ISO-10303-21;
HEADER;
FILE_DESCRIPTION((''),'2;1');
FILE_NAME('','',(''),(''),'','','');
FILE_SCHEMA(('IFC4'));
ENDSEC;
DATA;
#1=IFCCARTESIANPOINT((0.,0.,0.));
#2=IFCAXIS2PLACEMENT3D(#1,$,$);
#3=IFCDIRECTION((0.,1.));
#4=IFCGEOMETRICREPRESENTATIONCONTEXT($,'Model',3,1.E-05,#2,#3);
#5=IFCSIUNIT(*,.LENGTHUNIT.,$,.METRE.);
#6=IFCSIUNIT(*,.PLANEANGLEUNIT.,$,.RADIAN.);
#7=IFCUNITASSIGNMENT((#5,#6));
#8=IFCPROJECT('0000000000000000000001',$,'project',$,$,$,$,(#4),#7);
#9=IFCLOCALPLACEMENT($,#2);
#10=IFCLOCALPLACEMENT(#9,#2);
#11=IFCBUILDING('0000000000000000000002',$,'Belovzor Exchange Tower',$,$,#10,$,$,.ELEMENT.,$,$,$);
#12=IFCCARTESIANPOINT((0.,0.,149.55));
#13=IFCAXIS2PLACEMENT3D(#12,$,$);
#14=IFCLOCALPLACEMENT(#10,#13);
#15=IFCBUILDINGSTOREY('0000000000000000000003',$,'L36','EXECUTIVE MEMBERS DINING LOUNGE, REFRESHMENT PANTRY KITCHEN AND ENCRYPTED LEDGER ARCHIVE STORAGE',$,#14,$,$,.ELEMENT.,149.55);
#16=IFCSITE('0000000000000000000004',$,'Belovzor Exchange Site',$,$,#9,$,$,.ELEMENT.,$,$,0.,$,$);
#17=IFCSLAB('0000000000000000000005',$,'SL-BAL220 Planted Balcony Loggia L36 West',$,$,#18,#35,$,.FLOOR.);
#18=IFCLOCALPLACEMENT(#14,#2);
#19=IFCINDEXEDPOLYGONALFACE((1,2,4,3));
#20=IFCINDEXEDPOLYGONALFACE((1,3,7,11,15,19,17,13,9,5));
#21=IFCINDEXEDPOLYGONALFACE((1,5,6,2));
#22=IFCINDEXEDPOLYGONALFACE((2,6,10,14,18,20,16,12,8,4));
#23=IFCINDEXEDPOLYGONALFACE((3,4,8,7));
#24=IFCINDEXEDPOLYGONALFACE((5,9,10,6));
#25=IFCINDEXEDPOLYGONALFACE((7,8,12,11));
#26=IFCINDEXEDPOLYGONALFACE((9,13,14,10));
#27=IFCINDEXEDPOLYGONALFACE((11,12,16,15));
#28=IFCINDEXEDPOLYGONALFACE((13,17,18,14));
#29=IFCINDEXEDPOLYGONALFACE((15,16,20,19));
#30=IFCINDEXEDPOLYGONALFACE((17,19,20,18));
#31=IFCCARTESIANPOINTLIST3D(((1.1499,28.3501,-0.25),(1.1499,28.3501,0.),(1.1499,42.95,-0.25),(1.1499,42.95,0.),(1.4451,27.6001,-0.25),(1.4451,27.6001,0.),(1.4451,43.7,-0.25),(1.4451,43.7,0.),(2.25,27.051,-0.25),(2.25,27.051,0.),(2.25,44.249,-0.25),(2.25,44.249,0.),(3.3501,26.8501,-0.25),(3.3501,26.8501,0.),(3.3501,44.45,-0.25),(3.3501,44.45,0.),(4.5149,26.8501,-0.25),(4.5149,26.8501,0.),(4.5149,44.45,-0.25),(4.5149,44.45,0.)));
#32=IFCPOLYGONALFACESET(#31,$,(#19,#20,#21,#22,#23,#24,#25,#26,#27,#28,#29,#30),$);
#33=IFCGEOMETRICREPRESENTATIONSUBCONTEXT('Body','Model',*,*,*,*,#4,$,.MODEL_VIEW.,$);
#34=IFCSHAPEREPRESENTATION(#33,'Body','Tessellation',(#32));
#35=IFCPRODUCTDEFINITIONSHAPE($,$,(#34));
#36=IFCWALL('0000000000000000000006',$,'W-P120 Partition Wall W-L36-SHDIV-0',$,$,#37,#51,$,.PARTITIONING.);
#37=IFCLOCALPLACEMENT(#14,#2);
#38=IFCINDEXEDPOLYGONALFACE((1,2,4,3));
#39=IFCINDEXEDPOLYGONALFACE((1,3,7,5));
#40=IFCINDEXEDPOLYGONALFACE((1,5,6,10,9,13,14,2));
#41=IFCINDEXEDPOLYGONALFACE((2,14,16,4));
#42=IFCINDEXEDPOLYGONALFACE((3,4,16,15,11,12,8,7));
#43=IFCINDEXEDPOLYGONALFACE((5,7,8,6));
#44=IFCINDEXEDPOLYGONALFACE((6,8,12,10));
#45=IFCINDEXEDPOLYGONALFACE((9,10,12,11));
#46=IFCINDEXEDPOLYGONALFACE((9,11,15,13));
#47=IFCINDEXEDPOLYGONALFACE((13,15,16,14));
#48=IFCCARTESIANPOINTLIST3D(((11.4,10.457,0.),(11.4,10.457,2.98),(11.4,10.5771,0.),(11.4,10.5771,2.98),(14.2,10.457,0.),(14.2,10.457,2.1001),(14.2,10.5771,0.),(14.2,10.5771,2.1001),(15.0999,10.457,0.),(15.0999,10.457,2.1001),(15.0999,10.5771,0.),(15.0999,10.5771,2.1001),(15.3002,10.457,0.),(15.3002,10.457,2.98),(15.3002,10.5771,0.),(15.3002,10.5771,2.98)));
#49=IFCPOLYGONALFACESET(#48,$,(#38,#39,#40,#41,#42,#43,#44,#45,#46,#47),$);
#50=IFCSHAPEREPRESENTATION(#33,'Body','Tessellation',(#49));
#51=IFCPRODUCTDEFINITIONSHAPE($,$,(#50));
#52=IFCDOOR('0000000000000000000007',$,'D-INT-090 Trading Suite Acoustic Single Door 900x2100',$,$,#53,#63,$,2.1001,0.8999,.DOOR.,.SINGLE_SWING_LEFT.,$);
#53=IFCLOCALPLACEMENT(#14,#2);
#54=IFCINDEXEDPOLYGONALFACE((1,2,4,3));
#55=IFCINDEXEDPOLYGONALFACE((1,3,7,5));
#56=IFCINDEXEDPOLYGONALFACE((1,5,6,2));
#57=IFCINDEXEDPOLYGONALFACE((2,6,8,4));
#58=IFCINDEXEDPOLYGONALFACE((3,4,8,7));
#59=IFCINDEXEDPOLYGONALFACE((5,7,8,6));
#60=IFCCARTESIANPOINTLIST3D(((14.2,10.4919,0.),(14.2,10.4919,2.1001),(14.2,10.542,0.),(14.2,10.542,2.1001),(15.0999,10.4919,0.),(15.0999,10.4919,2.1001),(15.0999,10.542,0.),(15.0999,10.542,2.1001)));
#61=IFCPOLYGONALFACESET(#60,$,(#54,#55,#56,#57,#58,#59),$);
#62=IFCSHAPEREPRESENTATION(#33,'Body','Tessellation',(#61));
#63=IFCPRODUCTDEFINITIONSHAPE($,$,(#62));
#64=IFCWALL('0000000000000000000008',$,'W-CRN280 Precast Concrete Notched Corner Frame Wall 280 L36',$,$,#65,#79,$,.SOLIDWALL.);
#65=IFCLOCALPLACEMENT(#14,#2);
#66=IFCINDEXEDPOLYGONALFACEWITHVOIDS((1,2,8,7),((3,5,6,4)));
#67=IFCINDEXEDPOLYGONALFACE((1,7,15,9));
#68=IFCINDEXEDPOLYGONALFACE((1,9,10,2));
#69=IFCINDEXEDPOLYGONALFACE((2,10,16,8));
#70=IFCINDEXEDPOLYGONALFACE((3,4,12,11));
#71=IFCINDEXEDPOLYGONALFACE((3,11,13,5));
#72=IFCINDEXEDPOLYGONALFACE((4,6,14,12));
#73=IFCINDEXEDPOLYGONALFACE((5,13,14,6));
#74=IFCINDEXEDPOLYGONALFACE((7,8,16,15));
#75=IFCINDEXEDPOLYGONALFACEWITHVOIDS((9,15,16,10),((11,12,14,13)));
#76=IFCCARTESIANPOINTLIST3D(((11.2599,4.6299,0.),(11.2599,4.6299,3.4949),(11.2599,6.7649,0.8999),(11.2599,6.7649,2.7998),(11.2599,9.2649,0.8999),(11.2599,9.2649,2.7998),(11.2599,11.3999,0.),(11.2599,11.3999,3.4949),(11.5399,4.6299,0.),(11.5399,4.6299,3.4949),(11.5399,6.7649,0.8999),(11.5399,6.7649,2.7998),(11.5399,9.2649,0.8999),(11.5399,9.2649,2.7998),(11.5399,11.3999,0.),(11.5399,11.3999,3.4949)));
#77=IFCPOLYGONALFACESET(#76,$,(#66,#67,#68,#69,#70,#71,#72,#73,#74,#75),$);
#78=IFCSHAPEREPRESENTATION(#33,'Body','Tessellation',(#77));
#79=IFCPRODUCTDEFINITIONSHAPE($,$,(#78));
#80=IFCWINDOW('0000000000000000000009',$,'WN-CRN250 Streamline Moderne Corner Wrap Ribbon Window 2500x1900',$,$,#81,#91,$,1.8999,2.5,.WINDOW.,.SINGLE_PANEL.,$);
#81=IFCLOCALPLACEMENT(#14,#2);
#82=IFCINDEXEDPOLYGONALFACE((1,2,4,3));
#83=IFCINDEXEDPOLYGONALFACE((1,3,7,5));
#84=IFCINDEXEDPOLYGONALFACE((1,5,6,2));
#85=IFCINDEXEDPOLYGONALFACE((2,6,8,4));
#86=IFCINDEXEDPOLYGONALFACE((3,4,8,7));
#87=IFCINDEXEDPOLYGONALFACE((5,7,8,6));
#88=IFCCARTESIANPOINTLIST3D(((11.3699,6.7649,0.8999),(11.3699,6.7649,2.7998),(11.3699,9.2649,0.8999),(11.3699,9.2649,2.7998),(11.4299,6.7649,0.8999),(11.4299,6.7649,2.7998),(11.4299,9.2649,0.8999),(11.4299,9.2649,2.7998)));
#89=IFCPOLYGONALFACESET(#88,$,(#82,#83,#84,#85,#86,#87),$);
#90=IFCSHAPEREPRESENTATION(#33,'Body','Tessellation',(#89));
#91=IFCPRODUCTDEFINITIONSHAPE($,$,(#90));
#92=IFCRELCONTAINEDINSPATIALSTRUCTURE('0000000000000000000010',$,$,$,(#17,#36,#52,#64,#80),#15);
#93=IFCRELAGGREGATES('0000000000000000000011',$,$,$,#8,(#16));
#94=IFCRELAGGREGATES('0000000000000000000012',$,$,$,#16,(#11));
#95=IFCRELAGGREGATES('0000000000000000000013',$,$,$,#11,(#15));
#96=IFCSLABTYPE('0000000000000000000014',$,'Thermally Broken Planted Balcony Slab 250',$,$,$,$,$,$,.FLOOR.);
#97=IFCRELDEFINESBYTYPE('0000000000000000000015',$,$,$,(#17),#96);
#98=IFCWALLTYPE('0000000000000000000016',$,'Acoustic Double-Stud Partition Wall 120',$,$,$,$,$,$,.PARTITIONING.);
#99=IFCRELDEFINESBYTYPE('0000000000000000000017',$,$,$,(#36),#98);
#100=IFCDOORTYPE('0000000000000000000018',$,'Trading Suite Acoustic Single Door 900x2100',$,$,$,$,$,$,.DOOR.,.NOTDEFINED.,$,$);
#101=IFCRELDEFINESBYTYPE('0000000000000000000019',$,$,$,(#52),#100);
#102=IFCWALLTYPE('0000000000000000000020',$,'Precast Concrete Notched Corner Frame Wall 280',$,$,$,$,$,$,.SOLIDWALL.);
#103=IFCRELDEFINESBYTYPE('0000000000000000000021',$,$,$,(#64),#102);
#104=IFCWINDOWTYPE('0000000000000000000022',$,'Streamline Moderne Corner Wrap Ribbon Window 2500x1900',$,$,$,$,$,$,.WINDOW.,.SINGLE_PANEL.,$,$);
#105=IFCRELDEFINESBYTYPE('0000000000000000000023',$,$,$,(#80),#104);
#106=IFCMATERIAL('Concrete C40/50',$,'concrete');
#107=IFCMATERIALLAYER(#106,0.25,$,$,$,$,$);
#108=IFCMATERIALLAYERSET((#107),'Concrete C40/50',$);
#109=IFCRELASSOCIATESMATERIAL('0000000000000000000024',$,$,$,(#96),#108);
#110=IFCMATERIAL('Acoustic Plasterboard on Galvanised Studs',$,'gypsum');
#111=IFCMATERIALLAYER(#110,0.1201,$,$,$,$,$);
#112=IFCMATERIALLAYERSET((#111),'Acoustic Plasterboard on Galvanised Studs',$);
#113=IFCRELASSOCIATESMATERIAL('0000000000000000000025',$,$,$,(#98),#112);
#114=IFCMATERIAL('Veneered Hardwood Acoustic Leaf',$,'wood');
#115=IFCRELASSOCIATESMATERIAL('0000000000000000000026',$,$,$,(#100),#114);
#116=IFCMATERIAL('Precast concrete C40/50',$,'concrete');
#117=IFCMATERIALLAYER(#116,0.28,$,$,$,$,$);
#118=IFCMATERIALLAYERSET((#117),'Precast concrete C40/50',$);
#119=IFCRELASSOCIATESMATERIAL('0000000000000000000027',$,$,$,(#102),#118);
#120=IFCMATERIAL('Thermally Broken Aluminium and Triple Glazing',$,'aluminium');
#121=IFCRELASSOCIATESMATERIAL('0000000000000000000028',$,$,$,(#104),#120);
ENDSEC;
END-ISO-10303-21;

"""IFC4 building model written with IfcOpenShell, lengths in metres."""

from ifc_helpers import new_model, si_unit, direction, frame, frame_2d, origin, place, context, subcontext, project, spatial, polyline, rectangle, outline, extrude, material, layer, layer_set, type_object, element, fill, save


model = new_model("IFC4")

# Units and contexts
model_context = context("Model", 3, precision=1e-05, world=origin(), true_north=direction((0.0, 1.0)))
body_context = subcontext(model_context, "Body", "Model", "MODEL_VIEW")
ifc_project = project(units=[si_unit("LENGTHUNIT", "METRE"), si_unit("PLANEANGLEUNIT", "RADIAN")], contexts=[model_context])

# Site, building, storey
site_placement = place(None, origin())
site = spatial("IfcSite", under=ifc_project, at=site_placement, Name="Belovzor Exchange Site", CompositionType="ELEMENT", RefElevation=0.0)
building_placement = place(site_placement, origin())
building = spatial("IfcBuilding", under=site, at=building_placement, Name="Belovzor Exchange Tower", CompositionType="ELEMENT")
storey_placement = place(building_placement, frame((0.0, 0.0, 149.55)))
storey = spatial("IfcBuildingStorey", under=building, at=storey_placement, Name="L36", Description="EXECUTIVE MEMBERS DINING LOUNGE, REFRESHMENT PANTRY KITCHEN AND ENCRYPTED LEDGER ARCHIVE STORAGE", CompositionType="ELEMENT", Elevation=149.55)

# Slab
ifc_material_1 = material(Name="Concrete C40/50", Category="concrete")
ifc_layer_1 = layer(ifc_material_1, 0.25)
ifc_layer_set_1 = layer_set([ifc_layer_1], Name="Concrete C40/50")
slab_type_1 = type_object("IfcSlabType", Name="Thermally Broken Planted Balcony Slab 250", PredefinedType="FLOOR", material=ifc_layer_set_1)
slab_1_placement = place(storey_placement, frame((0.0, 0.0, -0.25)))
element("IfcSlab", 1, at=slab_1_placement, inside=storey, type_object=slab_type_1, Name="SL-BAL220 Planted Balcony Loggia L36 West", PredefinedType="FLOOR", context=body_context, shape_type="SweptSolid", body=[
    extrude(outline(polyline([(4.5149, 44.45), (3.3501, 44.45), (2.25, 44.249), (1.4451, 43.7), (1.1499, 42.95), (1.1499, 28.3501), (1.4451, 27.6001), (2.25, 27.051), (3.3501, 26.8501), (4.5149, 26.8501), (4.5149, 44.45)])), origin(), (0.0, 0.0, 1.0), 0.25),
])

# Wall, opening, door
ifc_material_2 = material(Name="Acoustic Plasterboard on Galvanised Studs", Category="gypsum")
ifc_layer_2 = layer(ifc_material_2, 0.1201)
ifc_layer_set_2 = layer_set([ifc_layer_2], Name="Acoustic Plasterboard on Galvanised Studs")
wall_type_1 = type_object("IfcWallType", Name="Acoustic Double-Stud Partition Wall 120", PredefinedType="PARTITIONING", material=ifc_layer_set_2)
wall_1_placement = place(storey_placement, frame((11.3999, 10.5171, 0.0), z_axis=(0.0, 0.0, 1.0), x_axis=(1.0, 0.0, 0.0)))
wall_1 = element("IfcWall", 2, at=wall_1_placement, inside=storey, type_object=wall_type_1, Name="W-P120 Partition Wall W-L36-SHDIV-0", PredefinedType="PARTITIONING", context=body_context, shape_type="SweptSolid", body=[
    extrude(rectangle(XDim=3.9001, YDim=0.1201, at=frame_2d((1.9502, 0.0))), origin(), (0.0, 0.0, 1.0), 2.98),
])
opening_1_placement = place(wall_1_placement, frame((2.8, 0.0, 0.0)))
opening_1 = element("IfcOpeningElement", 3, at=opening_1_placement, cuts=wall_1, PredefinedType="OPENING", context=body_context, shape_type="SweptSolid", body=[
    extrude(rectangle(XDim=0.8999, YDim=2.1001, at=frame_2d((0.45, 1.05))), frame((0.0, 0.0701, 0.0), z_axis=(0.0, -1.0, 0.0), x_axis=(1.0, 0.0, 0.0)), (0.0, 0.0, 1.0), 0.1401),
])
ifc_material_3 = material(Name="Veneered Hardwood Acoustic Leaf", Category="wood")
door_type = type_object("IfcDoorType", Name="Trading Suite Acoustic Single Door 900x2100", OperationType="NOTDEFINED", PredefinedType="DOOR", material=ifc_material_3)
door_placement = place(opening_1_placement, origin())
door = element("IfcDoor", 4, at=door_placement, inside=storey, type_object=door_type, Name="D-INT-090 Trading Suite Acoustic Single Door 900x2100", OperationType="SINGLE_SWING_LEFT", OverallHeight=2.1001, OverallWidth=0.8999, PredefinedType="DOOR", context=body_context, shape_type="SweptSolid", body=[
    extrude(rectangle(XDim=0.8999, YDim=2.1001, at=frame_2d((0.45, 1.05))), frame((0.0, 0.0249, 0.0), z_axis=(0.0, -1.0, 0.0), x_axis=(1.0, 0.0, 0.0)), (0.0, 0.0, 1.0), 0.05),
])
fill(opening_1, door)

# Wall, opening, window
ifc_material_4 = material(Name="Precast concrete C40/50", Category="concrete")
ifc_layer_3 = layer(ifc_material_4, 0.28)
ifc_layer_set_3 = layer_set([ifc_layer_3], Name="Precast concrete C40/50")
wall_type_2 = type_object("IfcWallType", Name="Precast Concrete Notched Corner Frame Wall 280", PredefinedType="SOLIDWALL", material=ifc_layer_set_3)
wall_2_placement = place(storey_placement, frame((11.3999, 4.6299, 0.0), z_axis=(0.0, 0.0, 1.0), x_axis=(0.0, 1.0, 0.0)))
wall_2 = element("IfcWall", 5, at=wall_2_placement, inside=storey, type_object=wall_type_2, Name="W-CRN280 Precast Concrete Notched Corner Frame Wall 280 L36", PredefinedType="SOLIDWALL", context=body_context, shape_type="SweptSolid", body=[
    extrude(rectangle(XDim=6.77, YDim=0.28, at=frame_2d((3.385, 0.0))), origin(), (0.0, 0.0, 1.0), 3.4949),
])
opening_2_placement = place(wall_2_placement, frame((2.135, 0.0, 0.8999)))
opening_2 = element("IfcOpeningElement", 6, at=opening_2_placement, cuts=wall_2, PredefinedType="OPENING", context=body_context, shape_type="SweptSolid", body=[
    extrude(rectangle(XDim=2.5, YDim=1.8999, at=frame_2d((1.25, 0.95))), frame((0.0, 0.1499, 0.0), z_axis=(0.0, -1.0, 0.0), x_axis=(1.0, 0.0, 0.0)), (0.0, 0.0, 1.0), 0.3),
])
ifc_material_5 = material(Name="Thermally Broken Aluminium and Triple Glazing", Category="aluminium")
window_type = type_object("IfcWindowType", Name="Streamline Moderne Corner Wrap Ribbon Window 2500x1900", PartitioningType="SINGLE_PANEL", PredefinedType="WINDOW", material=ifc_material_5)
window_placement = place(opening_2_placement, origin())
window = element("IfcWindow", 7, at=window_placement, inside=storey, type_object=window_type, Name="WN-CRN250 Streamline Moderne Corner Wrap Ribbon Window 2500x1900", OverallHeight=1.8999, OverallWidth=2.5, PartitioningType="SINGLE_PANEL", PredefinedType="WINDOW", context=body_context, shape_type="SweptSolid", body=[
    extrude(rectangle(XDim=2.5, YDim=1.8999, at=frame_2d((1.25, 0.95))), frame((0.0, 0.03, 0.0), z_axis=(0.0, -1.0, 0.0), x_axis=(1.0, 0.0, 0.0)), (0.0, 0.0, 1.0), 0.0601),
])
fill(opening_2, window)

save(model, "model.ifc")
